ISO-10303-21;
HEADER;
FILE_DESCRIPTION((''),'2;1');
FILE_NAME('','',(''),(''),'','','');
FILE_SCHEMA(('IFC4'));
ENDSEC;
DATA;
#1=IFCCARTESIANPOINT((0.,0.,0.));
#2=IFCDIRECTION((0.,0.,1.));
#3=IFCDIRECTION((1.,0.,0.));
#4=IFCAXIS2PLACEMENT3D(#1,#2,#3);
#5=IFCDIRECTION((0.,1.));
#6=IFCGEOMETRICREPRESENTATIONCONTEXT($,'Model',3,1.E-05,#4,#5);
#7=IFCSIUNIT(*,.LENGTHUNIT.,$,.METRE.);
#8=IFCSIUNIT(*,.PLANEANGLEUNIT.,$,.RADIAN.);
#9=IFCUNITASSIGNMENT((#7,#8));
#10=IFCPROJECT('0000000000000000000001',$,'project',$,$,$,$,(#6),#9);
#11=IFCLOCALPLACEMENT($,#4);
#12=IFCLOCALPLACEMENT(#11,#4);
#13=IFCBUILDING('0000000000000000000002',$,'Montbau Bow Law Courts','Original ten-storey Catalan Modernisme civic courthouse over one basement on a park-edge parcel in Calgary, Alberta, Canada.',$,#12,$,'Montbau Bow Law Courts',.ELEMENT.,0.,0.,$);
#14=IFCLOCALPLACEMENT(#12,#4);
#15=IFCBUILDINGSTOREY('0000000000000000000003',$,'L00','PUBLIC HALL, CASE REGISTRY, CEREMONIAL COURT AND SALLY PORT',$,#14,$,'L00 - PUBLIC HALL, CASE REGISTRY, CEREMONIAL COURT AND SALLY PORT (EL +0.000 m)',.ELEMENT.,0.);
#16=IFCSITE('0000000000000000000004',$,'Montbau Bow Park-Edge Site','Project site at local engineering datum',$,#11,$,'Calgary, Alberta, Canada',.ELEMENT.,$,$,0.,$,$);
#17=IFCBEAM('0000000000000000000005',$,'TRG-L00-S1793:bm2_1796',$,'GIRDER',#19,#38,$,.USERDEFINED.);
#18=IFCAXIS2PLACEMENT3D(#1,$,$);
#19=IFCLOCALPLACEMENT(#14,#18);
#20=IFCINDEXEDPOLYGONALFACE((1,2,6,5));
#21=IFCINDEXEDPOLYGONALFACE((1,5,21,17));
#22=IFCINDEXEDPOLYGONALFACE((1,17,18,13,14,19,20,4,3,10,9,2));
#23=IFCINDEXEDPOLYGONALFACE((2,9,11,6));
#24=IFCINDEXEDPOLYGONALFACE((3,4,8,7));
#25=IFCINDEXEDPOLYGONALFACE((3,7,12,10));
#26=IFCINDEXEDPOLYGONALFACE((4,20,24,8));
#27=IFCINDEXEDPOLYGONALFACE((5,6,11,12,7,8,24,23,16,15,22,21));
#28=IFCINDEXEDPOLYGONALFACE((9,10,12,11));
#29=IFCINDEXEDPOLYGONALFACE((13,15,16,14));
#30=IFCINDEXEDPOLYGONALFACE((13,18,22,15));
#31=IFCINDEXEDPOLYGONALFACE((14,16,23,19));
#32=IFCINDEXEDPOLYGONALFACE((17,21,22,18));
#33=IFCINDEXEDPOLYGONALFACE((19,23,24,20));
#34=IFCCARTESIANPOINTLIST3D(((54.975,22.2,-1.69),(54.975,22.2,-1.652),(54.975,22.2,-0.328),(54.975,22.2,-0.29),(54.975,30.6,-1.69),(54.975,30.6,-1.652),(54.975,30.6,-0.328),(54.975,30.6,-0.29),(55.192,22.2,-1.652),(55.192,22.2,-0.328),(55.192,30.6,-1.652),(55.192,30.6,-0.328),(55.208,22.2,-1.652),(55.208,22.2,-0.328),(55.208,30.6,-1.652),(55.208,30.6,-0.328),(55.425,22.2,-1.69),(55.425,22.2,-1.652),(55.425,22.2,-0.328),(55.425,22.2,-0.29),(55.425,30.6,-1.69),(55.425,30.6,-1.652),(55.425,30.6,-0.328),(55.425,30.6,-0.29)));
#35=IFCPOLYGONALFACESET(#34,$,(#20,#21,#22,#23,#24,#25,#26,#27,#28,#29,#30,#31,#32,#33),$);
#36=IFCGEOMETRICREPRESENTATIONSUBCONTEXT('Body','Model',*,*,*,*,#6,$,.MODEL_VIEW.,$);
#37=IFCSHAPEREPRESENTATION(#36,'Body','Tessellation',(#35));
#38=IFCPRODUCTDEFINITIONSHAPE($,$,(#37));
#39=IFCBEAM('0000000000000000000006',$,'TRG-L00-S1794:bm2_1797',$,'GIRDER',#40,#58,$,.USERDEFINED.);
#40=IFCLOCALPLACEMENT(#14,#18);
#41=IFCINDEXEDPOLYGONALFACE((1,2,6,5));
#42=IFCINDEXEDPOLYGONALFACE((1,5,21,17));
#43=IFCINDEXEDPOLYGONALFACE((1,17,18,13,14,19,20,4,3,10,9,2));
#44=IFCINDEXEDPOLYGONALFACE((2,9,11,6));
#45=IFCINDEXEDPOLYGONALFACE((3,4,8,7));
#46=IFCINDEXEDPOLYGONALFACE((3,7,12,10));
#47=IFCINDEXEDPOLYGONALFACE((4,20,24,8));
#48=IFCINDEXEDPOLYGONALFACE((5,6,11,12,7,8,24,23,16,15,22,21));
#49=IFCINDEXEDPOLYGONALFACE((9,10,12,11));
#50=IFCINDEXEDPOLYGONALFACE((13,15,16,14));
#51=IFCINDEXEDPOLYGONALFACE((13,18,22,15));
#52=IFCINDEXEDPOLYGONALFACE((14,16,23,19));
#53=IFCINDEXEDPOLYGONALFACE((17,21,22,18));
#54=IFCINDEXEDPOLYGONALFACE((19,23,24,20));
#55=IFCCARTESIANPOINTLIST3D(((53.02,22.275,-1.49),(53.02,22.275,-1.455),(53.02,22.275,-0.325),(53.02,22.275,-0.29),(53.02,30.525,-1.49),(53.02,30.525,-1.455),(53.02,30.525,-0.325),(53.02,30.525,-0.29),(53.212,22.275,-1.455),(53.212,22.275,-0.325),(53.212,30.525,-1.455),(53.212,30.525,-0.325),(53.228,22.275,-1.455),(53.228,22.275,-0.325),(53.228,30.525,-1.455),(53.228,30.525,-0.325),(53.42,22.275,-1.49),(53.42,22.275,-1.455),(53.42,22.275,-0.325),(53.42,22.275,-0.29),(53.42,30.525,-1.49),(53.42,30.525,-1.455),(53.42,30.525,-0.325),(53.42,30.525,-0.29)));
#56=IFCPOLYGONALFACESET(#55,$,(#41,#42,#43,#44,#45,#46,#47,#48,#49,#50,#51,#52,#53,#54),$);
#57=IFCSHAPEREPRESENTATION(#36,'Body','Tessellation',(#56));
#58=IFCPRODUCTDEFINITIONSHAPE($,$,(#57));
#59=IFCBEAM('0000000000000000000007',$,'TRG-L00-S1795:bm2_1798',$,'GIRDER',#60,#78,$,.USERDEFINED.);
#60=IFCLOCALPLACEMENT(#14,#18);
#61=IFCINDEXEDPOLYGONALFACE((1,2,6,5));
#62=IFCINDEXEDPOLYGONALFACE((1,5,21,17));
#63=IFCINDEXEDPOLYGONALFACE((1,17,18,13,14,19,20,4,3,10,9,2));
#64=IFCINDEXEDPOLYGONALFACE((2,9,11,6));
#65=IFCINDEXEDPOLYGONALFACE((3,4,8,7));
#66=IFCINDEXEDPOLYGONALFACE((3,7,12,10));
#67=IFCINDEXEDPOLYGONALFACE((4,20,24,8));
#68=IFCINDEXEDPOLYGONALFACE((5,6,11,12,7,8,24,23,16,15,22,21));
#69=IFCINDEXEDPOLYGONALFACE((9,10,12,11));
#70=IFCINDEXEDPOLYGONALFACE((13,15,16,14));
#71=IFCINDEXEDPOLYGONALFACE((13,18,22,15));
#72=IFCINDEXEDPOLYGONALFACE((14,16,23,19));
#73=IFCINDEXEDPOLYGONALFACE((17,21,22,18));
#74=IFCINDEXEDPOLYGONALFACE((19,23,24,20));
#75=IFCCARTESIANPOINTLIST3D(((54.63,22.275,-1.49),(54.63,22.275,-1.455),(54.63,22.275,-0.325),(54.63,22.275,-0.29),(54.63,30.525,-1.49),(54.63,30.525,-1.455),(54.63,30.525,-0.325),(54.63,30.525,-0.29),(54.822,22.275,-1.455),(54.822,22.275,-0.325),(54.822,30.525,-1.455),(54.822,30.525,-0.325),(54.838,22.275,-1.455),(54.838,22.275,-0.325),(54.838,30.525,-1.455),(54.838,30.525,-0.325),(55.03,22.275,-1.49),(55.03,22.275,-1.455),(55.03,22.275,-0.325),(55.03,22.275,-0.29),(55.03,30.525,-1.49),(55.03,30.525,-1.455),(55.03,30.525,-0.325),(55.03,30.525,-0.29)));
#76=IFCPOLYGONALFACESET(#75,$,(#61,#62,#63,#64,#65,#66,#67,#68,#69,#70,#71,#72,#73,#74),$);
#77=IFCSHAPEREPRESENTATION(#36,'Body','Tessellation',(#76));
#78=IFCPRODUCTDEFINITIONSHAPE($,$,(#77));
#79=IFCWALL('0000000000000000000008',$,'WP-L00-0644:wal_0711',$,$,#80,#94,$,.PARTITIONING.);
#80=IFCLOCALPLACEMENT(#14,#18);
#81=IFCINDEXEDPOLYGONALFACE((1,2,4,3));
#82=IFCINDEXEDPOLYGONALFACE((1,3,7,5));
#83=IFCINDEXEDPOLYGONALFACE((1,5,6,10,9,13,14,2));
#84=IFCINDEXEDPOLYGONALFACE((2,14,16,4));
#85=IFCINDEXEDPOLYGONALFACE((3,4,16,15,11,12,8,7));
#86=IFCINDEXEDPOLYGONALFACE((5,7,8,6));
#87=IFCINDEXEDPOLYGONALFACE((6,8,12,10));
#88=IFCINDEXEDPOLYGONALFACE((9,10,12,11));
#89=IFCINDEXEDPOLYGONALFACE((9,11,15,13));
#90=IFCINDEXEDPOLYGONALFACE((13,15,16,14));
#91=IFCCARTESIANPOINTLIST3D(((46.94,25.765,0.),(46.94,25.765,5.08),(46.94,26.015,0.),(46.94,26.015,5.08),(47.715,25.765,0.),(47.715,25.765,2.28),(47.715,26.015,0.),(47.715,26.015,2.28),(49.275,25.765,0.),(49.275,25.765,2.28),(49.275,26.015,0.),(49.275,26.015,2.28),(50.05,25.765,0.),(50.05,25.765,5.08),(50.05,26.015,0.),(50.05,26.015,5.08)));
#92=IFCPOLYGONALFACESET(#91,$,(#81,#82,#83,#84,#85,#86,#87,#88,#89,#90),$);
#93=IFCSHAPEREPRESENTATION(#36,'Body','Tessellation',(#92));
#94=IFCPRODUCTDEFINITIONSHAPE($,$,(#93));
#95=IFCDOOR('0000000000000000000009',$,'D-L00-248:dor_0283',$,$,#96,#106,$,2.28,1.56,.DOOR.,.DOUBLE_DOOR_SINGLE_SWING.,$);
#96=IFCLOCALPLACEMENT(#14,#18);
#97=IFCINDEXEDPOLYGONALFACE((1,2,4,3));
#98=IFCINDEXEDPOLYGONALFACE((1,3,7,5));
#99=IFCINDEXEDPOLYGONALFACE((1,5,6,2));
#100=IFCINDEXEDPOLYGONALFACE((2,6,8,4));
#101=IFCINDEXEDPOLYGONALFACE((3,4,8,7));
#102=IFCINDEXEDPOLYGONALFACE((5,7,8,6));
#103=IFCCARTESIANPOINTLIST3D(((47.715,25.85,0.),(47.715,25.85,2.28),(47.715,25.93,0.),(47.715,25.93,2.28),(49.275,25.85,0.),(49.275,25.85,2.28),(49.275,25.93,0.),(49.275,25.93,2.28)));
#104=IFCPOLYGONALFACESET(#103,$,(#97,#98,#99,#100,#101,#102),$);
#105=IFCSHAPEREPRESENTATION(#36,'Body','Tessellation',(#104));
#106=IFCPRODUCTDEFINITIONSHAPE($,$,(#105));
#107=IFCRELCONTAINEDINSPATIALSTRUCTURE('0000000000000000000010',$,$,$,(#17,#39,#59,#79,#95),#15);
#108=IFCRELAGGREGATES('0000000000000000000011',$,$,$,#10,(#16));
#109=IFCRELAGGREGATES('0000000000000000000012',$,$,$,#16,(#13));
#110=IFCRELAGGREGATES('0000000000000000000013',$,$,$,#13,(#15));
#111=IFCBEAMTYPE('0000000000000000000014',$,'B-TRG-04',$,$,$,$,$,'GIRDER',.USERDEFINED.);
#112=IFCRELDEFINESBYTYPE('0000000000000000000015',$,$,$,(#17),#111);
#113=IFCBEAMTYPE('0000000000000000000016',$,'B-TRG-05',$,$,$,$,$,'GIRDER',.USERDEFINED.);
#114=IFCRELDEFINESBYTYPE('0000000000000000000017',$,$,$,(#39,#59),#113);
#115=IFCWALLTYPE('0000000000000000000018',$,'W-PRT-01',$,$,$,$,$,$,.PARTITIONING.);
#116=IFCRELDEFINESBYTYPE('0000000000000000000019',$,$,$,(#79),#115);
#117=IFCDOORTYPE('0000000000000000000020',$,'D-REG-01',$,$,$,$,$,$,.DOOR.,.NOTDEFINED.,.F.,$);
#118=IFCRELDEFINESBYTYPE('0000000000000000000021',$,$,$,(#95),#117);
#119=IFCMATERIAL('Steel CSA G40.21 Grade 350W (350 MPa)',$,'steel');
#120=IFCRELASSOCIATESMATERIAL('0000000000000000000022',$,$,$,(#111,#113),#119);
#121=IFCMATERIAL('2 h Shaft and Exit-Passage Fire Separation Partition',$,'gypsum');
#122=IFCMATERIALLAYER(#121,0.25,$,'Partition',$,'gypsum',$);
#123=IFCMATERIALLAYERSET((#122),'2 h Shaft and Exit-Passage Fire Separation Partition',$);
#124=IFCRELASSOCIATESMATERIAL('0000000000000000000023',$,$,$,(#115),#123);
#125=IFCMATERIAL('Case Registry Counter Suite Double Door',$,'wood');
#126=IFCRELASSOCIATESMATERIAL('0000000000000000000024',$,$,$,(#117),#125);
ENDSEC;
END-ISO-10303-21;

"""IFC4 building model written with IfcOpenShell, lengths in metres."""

from ifc_helpers import new_model, si_unit, direction, frame, frame_2d, origin_with_axes, origin_2d_with_axis, place, context, subcontext, project, spatial, rectangle, i_section, extrude, material, layer, layer_set, material_profile, profile_set, type_object, element, fill, save


model = new_model("IFC4")

# Units and contexts
model_context = context("Model", 3, precision=1e-05, world=origin_with_axes(), true_north=direction((0.0, 1.0)))
body_context = subcontext(model_context, "Body", "Model", "MODEL_VIEW")
ifc_project = project(units=[si_unit("LENGTHUNIT", "METRE"), si_unit("PLANEANGLEUNIT", "RADIAN")], contexts=[model_context])

# Site, building, storey
site_placement = place(None, origin_with_axes())
site = spatial("IfcSite", under=ifc_project, at=site_placement, Name="Montbau Bow Park-Edge Site", Description="Project site at local engineering datum", LongName="Calgary, Alberta, Canada", CompositionType="ELEMENT", RefElevation=0.0)
building_placement = place(site_placement, origin_with_axes())
building = spatial("IfcBuilding", under=site, at=building_placement, Name="Montbau Bow Law Courts", Description="Original ten-storey Catalan Modernisme civic courthouse over one basement on a park-edge parcel in Calgary, Alberta, Canada.", LongName="Montbau Bow Law Courts", CompositionType="ELEMENT", ElevationOfRefHeight=0.0, ElevationOfTerrain=0.0)
storey_placement = place(building_placement, origin_with_axes())
storey = spatial("IfcBuildingStorey", under=building, at=storey_placement, Name="L00", Description="PUBLIC HALL, CASE REGISTRY, CEREMONIAL COURT AND SALLY PORT", LongName="L00 - PUBLIC HALL, CASE REGISTRY, CEREMONIAL COURT AND SALLY PORT (EL +0.000 m)", CompositionType="ELEMENT", Elevation=0.0)

# Shared definitions
ifc_material_1 = material(Name="Steel CSA G40.21 Grade 350W (350 MPa)", Category="steel")

# Beams
ifc_material_profile_1 = material_profile(ifc_material_1, i_section(OverallWidth=0.45, OverallDepth=1.4, WebThickness=0.016, FlangeThickness=0.038, at=origin_2d_with_axis()), Name="WWF1400X358", Category="Main", Priority=0)
ifc_profile_set_1 = profile_set([ifc_material_profile_1], Name="Steel CSA G40.21 Grade 350W (350 MPa)")
beam_type_1 = type_object("IfcBeamType", Name="B-TRG-04", ElementType="GIRDER", PredefinedType="USERDEFINED", material=ifc_profile_set_1)
beam_1_placement = place(None, frame((55.2, 22.2, -0.99), z_axis=(0.0, 1.0, 0.0), x_axis=(-1.0, 0.0, 0.0)))
element("IfcBeam", 1, at=beam_1_placement, inside=storey, type_object=beam_type_1, Name="TRG-L00-S1793:bm2_1796", ObjectType="GIRDER", PredefinedType="USERDEFINED", context=body_context, shape_type="SweptSolid", body=[
    extrude(i_section(OverallWidth=0.45, OverallDepth=1.4, WebThickness=0.016, FlangeThickness=0.038, at=origin_2d_with_axis()), origin_with_axes(), (0.0, 0.0, 1.0), 8.4),
])
ifc_material_profile_2 = material_profile(ifc_material_1, i_section(OverallWidth=0.4, OverallDepth=1.2, WebThickness=0.016, FlangeThickness=0.035, at=origin_2d_with_axis()), Name="WWF1200X302", Category="Main", Priority=0)
ifc_profile_set_2 = profile_set([ifc_material_profile_2], Name="Steel CSA G40.21 Grade 350W (350 MPa)")
beam_type_2 = type_object("IfcBeamType", Name="B-TRG-05", ElementType="GIRDER", PredefinedType="USERDEFINED", material=ifc_profile_set_2)
for number, where, z_axis, x_axis, name in (
    (2, (53.22, 22.275, -0.89), (0.0, 1.0, 0.0), (-1.0, 0.0, 0.0), "TRG-L00-S1794:bm2_1797"),
    (3, (54.83, 22.275, -0.89), (0.0, 1.0, 0.0), (-1.0, 0.0, 0.0), "TRG-L00-S1795:bm2_1798"),
):
    element("IfcBeam", number, at=place(None, frame(where, z_axis=z_axis, x_axis=x_axis)), inside=storey, type_object=beam_type_2, Name=name, ObjectType="GIRDER", PredefinedType="USERDEFINED", context=body_context, shape_type="SweptSolid", body=[
        extrude(i_section(OverallWidth=0.4, OverallDepth=1.2, WebThickness=0.016, FlangeThickness=0.035, at=origin_2d_with_axis()), origin_with_axes(), (0.0, 0.0, 1.0), 8.25),
    ])

# Wall, opening, door
ifc_material_2 = material(Name="2 h Shaft and Exit-Passage Fire Separation Partition", Category="gypsum")
ifc_layer = layer(ifc_material_2, 0.25, Name="Partition", Category="gypsum")
ifc_layer_set = layer_set([ifc_layer], Name="2 h Shaft and Exit-Passage Fire Separation Partition")
wall_type = type_object("IfcWallType", Name="W-PRT-01", PredefinedType="PARTITIONING", material=ifc_layer_set)
wall_1_placement = place(None, frame((46.94, 25.89, 0.0), z_axis=(0.0, 0.0, 1.0), x_axis=(1.0, 0.0, 0.0)))
wall_1 = element("IfcWall", 4, at=wall_1_placement, inside=storey, type_object=wall_type, Name="WP-L00-0644:wal_0711", PredefinedType="PARTITIONING", context=body_context, shape_type="SweptSolid", body=[
    extrude(rectangle(XDim=3.11, YDim=0.25, at=frame_2d((1.555, 0.0), x_axis=(1.0, 0.0))), origin_with_axes(), (0.0, 0.0, 1.0), 5.08),
])
opening_1_placement = place(None, frame((48.495, 25.89, 0.0), z_axis=(0.0, 0.0, 1.0), x_axis=(1.0, 0.0, 0.0)))
opening_1 = element("IfcOpeningElement", 5, at=opening_1_placement, cuts=wall_1, PredefinedType="OPENING", context=body_context, shape_type="SweptSolid", body=[
    extrude(rectangle(XDim=1.56, YDim=2.28, at=frame_2d((0.0, 1.14), x_axis=(1.0, 0.0))), frame((0.0, 0.135, 0.0), z_axis=(0.0, -1.0, 0.0), x_axis=(1.0, 0.0, 0.0)), (0.0, 0.0, 1.0), 0.27),
])
ifc_material_3 = material(Name="Case Registry Counter Suite Double Door", Category="wood")
door_type_1 = type_object("IfcDoorType", Name="D-REG-01", OperationType="NOTDEFINED", ParameterTakesPrecedence=False, PredefinedType="DOOR", material=ifc_material_3)
door_1_placement = place(None, frame((48.495, 25.89, 0.0), z_axis=(0.0, 0.0, 1.0), x_axis=(-1.0, 0.0, 0.0)))
door_1 = element("IfcDoor", 6, at=door_1_placement, inside=storey, type_object=door_type_1, Name="D-L00-248:dor_0283", OperationType="DOUBLE_DOOR_SINGLE_SWING", OverallHeight=2.28, OverallWidth=1.56, PredefinedType="DOOR", context=body_context, shape_type="SweptSolid", body=[
    extrude(rectangle(XDim=1.56, YDim=2.28, at=frame_2d((0.0, 1.14), x_axis=(1.0, 0.0))), frame((0.0, 0.04, 0.0), z_axis=(0.0, -1.0, 0.0), x_axis=(1.0, 0.0, 0.0)), (0.0, 0.0, 1.0), 0.08),
])
fill(opening_1, door_1)

save(model, "model.ifc")
